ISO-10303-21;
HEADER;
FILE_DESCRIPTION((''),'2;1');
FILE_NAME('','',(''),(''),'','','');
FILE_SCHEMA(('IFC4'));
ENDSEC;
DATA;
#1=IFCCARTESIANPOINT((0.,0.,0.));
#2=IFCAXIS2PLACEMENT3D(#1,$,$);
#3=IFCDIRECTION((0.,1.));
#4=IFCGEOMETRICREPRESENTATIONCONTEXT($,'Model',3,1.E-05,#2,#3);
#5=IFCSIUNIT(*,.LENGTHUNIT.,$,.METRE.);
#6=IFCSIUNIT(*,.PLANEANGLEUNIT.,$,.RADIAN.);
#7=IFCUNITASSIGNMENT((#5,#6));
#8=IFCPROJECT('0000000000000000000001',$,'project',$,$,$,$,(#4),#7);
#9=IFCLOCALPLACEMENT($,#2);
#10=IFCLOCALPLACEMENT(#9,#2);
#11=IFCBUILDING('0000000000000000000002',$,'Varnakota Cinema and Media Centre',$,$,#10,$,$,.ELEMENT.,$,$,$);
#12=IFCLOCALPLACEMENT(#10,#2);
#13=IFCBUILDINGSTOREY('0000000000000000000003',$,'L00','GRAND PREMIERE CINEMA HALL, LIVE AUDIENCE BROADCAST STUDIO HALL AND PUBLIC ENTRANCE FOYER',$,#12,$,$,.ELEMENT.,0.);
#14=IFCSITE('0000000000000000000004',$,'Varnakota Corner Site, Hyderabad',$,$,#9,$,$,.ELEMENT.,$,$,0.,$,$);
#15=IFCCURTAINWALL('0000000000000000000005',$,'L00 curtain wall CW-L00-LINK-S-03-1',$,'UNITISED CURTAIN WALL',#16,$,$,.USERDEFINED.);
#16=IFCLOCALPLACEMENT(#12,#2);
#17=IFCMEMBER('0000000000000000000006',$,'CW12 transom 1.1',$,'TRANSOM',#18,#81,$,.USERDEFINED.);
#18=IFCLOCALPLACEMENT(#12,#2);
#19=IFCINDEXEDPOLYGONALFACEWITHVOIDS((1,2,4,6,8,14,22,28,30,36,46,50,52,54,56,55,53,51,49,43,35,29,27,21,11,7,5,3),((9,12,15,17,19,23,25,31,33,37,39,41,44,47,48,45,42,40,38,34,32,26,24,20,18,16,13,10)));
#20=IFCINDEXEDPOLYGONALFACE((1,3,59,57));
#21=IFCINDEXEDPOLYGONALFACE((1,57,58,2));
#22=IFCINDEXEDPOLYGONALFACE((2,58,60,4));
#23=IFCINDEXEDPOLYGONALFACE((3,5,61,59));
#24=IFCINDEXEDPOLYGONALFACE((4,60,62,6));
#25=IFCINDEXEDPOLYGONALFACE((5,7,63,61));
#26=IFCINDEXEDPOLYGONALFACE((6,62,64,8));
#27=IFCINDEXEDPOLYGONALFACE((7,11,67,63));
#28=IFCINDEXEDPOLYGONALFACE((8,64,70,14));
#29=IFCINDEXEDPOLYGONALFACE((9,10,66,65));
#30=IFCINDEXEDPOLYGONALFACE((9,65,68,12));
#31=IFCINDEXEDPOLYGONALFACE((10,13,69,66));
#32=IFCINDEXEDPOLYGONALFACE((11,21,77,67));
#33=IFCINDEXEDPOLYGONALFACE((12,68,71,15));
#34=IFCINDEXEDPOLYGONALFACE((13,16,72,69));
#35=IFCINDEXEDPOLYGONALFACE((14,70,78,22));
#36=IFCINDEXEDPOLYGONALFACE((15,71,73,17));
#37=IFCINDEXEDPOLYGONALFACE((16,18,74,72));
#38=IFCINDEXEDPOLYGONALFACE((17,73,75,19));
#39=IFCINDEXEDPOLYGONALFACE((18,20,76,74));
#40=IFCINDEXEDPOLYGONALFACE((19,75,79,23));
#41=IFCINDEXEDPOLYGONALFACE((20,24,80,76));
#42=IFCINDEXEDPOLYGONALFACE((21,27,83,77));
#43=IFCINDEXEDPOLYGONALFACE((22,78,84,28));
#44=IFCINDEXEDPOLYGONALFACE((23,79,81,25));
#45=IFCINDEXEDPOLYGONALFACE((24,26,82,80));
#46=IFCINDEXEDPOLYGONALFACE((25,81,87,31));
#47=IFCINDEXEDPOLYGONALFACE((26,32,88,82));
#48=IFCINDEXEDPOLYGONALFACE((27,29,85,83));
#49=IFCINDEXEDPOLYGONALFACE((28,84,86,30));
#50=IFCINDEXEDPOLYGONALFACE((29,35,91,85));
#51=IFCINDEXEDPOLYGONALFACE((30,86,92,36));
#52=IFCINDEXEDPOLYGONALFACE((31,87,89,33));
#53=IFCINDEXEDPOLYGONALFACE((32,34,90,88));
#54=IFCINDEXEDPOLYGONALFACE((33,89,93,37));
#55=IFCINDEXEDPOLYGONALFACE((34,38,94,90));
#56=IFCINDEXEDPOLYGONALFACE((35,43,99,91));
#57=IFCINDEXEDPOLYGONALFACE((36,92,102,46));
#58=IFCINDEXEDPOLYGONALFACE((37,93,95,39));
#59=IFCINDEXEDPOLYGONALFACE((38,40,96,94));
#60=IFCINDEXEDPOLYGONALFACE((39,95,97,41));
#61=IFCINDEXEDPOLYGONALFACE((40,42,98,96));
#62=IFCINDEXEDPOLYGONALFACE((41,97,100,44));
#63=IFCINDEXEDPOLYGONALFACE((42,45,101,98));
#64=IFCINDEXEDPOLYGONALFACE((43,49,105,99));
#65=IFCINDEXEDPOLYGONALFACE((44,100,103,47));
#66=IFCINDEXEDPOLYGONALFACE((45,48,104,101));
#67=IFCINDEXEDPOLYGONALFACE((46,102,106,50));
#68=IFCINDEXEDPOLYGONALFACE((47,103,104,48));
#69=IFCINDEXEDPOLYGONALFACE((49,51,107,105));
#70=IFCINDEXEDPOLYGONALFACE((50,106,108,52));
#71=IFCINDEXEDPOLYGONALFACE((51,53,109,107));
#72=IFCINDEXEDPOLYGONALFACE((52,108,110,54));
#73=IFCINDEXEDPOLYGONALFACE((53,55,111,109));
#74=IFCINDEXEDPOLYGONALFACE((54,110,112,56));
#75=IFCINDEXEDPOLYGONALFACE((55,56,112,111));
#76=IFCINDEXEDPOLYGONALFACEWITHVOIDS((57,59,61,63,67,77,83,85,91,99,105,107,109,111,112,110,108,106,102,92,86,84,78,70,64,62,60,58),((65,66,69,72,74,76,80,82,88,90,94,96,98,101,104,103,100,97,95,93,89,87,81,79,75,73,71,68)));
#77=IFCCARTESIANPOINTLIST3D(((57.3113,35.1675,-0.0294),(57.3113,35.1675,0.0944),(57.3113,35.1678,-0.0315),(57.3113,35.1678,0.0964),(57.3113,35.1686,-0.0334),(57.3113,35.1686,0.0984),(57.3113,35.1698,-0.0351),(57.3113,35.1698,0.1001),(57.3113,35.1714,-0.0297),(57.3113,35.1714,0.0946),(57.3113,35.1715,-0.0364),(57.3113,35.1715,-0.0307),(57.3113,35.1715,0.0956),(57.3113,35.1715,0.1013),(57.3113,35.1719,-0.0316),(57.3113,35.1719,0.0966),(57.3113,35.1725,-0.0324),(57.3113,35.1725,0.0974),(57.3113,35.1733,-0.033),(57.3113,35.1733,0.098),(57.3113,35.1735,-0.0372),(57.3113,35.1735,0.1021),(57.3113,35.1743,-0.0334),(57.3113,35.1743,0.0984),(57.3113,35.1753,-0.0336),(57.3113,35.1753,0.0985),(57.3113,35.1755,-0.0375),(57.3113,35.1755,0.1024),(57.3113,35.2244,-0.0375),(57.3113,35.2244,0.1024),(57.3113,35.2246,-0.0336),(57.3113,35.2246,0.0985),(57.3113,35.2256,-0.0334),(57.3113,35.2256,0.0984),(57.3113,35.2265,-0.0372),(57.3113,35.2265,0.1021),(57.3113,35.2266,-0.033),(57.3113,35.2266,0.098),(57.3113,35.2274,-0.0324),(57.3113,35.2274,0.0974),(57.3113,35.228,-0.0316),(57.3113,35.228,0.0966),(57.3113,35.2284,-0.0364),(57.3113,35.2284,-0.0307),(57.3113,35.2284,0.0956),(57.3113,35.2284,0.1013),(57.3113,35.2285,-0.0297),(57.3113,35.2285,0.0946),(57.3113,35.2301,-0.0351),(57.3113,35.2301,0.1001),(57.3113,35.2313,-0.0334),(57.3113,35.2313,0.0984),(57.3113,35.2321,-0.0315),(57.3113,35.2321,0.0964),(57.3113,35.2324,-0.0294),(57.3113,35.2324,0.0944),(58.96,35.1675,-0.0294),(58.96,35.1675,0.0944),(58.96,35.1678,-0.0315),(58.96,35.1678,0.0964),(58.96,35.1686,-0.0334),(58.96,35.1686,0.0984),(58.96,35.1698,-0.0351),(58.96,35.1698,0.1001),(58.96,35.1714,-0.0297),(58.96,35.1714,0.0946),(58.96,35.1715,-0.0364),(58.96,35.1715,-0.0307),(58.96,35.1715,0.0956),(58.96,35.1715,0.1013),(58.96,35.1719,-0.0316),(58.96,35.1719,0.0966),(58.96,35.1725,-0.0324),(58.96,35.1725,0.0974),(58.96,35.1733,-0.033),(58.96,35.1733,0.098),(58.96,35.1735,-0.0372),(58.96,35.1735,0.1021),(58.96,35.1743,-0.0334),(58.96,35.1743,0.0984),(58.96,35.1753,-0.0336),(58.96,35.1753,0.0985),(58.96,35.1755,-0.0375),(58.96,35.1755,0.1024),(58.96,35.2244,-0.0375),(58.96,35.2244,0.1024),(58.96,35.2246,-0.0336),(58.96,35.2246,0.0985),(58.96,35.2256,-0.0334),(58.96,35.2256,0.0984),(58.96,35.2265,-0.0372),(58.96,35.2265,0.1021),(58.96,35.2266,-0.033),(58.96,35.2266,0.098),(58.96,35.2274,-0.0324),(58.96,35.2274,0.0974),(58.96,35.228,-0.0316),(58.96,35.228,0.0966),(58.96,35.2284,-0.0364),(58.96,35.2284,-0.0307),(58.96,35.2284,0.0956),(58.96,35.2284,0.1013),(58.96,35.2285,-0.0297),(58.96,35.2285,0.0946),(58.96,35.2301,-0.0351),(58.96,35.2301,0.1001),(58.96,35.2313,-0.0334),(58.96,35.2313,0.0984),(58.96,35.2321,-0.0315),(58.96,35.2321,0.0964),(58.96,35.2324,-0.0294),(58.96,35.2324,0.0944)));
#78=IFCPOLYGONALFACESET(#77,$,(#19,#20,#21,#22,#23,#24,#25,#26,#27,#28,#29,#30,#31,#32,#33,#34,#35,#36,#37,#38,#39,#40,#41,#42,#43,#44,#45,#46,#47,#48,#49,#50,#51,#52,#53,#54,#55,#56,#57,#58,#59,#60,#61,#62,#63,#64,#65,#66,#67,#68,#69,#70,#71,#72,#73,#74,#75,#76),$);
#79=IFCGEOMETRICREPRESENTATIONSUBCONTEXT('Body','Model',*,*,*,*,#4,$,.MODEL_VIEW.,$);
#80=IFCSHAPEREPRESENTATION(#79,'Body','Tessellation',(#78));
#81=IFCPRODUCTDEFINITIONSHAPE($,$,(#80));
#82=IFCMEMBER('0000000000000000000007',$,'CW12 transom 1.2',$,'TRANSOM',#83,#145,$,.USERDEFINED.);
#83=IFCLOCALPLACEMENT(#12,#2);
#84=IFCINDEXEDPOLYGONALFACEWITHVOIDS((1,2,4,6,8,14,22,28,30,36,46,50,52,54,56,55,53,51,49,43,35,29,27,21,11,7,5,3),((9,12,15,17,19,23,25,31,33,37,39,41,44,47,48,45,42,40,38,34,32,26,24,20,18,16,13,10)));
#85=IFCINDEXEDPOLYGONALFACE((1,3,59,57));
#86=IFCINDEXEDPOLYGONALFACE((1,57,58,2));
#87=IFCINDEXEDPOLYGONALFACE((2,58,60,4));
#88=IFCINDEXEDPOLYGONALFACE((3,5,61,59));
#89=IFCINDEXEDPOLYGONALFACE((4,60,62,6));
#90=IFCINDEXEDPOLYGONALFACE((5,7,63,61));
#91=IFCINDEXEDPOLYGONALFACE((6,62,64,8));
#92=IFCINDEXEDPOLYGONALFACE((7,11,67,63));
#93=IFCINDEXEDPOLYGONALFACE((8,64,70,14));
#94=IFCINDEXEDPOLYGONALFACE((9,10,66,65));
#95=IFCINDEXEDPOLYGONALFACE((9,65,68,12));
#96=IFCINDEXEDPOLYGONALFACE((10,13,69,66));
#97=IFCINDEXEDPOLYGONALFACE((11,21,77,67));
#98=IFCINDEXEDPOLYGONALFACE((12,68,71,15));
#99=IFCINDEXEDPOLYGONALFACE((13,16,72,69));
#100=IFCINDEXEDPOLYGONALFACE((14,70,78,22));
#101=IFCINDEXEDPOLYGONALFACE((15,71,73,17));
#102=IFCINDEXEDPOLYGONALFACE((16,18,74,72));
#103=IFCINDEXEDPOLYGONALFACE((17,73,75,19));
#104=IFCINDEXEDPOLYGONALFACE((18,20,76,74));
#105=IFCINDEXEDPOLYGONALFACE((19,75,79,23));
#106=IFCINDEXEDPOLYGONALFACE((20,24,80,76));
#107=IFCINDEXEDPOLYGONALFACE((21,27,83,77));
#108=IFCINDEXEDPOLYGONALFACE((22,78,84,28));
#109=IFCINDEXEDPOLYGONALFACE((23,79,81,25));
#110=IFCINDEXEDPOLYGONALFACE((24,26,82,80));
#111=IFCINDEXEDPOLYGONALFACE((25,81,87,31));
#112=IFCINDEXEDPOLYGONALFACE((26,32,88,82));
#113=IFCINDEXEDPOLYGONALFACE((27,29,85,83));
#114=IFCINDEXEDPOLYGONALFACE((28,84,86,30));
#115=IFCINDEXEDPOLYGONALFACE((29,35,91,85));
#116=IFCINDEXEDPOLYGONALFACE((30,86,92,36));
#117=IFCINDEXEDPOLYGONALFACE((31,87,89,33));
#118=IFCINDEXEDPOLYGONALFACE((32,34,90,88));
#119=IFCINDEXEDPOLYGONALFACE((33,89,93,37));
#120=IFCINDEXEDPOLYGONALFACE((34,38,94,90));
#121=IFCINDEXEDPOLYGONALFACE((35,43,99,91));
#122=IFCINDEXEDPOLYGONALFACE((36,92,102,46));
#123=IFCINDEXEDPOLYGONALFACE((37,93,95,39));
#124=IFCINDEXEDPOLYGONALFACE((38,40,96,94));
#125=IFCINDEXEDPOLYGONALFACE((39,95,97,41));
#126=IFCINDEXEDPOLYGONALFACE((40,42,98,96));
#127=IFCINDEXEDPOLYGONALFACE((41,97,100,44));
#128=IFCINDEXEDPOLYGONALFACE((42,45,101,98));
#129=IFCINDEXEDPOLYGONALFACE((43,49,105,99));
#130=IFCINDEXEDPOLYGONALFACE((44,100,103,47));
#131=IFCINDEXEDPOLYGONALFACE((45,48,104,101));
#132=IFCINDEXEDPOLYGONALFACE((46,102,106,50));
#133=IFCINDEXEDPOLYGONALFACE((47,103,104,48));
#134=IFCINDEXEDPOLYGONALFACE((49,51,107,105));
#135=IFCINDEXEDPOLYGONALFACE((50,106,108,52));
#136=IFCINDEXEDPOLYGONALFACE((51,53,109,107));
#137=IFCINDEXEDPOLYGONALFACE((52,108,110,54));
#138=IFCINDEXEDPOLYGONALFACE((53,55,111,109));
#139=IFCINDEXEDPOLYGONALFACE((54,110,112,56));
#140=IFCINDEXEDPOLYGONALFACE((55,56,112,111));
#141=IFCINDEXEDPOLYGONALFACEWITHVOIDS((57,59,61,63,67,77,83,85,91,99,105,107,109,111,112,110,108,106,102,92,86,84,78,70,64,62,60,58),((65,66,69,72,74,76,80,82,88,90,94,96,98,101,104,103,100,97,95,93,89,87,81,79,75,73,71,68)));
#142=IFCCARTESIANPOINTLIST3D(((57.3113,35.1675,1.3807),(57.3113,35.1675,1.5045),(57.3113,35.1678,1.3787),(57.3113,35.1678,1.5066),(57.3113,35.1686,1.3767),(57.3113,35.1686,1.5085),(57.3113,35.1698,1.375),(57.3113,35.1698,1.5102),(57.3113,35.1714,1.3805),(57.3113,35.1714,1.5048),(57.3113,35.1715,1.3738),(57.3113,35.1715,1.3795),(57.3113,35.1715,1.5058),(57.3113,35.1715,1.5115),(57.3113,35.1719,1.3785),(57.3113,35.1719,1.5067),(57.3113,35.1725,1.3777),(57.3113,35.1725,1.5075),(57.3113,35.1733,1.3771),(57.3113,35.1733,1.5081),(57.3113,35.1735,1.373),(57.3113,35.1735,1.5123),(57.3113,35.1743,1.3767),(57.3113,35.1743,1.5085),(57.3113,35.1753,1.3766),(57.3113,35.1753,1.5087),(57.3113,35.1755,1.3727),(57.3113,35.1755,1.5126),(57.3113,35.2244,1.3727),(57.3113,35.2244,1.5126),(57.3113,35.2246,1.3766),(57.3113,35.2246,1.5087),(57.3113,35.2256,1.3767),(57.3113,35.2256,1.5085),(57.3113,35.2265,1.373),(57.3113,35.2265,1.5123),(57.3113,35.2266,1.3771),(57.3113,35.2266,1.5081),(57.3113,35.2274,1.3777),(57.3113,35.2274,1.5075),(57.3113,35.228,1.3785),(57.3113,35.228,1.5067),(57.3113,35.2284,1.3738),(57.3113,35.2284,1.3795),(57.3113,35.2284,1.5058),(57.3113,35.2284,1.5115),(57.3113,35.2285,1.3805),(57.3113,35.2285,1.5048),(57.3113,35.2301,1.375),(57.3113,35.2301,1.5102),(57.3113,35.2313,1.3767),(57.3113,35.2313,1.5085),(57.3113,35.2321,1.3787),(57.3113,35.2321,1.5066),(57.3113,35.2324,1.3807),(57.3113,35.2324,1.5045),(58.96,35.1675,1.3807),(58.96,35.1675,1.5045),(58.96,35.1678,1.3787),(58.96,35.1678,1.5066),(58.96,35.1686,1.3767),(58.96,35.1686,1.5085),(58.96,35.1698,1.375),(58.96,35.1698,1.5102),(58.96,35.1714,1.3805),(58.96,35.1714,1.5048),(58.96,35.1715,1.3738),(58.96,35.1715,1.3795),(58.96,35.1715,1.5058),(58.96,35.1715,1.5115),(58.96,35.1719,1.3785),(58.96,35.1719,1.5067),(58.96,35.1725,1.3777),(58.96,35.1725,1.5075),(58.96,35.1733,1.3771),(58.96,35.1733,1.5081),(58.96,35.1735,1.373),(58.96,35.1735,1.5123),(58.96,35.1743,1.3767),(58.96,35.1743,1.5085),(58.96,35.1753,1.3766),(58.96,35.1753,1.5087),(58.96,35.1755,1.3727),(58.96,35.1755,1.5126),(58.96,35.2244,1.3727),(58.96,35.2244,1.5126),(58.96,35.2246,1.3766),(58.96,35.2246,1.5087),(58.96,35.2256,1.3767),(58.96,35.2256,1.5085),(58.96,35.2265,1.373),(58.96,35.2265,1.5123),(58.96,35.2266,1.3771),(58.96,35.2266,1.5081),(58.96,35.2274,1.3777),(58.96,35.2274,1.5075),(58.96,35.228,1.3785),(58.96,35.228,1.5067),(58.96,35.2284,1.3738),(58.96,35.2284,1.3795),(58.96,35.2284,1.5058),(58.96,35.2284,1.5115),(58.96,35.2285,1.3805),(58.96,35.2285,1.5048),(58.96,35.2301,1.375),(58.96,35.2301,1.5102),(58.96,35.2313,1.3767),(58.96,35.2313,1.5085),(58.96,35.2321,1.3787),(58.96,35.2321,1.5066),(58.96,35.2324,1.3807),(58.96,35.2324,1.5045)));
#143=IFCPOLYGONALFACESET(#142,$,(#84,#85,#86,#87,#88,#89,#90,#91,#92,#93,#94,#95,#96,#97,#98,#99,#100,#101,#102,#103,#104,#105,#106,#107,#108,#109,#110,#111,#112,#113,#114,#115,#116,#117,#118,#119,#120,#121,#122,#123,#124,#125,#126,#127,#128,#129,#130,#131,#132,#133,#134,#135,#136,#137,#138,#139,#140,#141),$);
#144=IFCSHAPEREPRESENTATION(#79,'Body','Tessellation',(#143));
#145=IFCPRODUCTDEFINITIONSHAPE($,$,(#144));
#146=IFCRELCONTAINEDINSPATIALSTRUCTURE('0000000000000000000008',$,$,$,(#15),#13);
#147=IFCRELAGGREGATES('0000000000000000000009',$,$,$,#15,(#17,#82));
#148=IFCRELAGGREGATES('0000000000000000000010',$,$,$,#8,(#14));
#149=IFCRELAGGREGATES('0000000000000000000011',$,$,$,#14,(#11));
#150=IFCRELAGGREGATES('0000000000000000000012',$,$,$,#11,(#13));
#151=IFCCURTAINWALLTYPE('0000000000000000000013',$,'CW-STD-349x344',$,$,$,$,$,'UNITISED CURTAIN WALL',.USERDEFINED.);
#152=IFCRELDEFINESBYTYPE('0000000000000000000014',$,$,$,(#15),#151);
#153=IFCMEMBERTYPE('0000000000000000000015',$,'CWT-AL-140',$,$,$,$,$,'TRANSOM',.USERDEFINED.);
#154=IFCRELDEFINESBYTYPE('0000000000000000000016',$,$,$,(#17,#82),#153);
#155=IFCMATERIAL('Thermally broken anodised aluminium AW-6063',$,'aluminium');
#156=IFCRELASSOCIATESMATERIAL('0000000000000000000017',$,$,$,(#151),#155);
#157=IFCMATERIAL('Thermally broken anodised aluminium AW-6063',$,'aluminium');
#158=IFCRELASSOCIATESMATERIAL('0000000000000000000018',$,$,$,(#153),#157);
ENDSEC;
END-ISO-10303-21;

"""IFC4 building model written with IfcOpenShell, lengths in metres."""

from ifc_helpers import new_model, si_unit, direction, frame, origin, origin_2d, place, context, subcontext, project, spatial, hollow_rectangle, extrude, material, material_profile, profile_set, type_object, element, aggregate, save


model = new_model("IFC4")

# Units and contexts
model_context = context("Model", 3, precision=1e-05, world=origin(), true_north=direction((0.0, 1.0)))
body_context = subcontext(model_context, "Body", "Model", "MODEL_VIEW")
ifc_project = project(units=[si_unit("LENGTHUNIT", "METRE"), si_unit("PLANEANGLEUNIT", "RADIAN")], contexts=[model_context])

# Site, building, storey
site_placement = place(None, origin())
site = spatial("IfcSite", under=ifc_project, at=site_placement, Name="Varnakota Corner Site, Hyderabad", CompositionType="ELEMENT", RefElevation=0.0)
building_placement = place(site_placement, origin())
building = spatial("IfcBuilding", under=site, at=building_placement, Name="Varnakota Cinema and Media Centre", CompositionType="ELEMENT")
storey_placement = place(building_placement, origin())
storey = spatial("IfcBuildingStorey", under=building, at=storey_placement, Name="L00", Description="GRAND PREMIERE CINEMA HALL, LIVE AUDIENCE BROADCAST STUDIO HALL AND PUBLIC ENTRANCE FOYER", CompositionType="ELEMENT", Elevation=0.0)

# Curtain wall
ifc_material_1 = material(Name="Thermally broken anodised aluminium AW-6063", Category="aluminium")
curtain_wall_type_1 = type_object("IfcCurtainWallType", Name="CW-STD-349x344", ElementType="UNITISED CURTAIN WALL", PredefinedType="USERDEFINED", material=ifc_material_1)
curtain_wall_1_placement = place(storey_placement, origin())
curtain_wall_1 = element("IfcCurtainWall", 1, at=curtain_wall_1_placement, inside=storey, type_object=curtain_wall_type_1, Name="L00 curtain wall CW-L00-LINK-S-03-1", ObjectType="UNITISED CURTAIN WALL", PredefinedType="USERDEFINED")

# Members
ifc_material_2 = material(Name="Thermally broken anodised aluminium AW-6063", Category="aluminium")
ifc_material_profile_1 = material_profile(ifc_material_2, hollow_rectangle(XDim=0.0649, YDim=0.1399, WallThickness=0.0039, InnerFilletRadius=0.0039, OuterFilletRadius=0.0081, at=origin_2d()), Name="AL-TRANSOM 140x65x4")
ifc_profile_set_1 = profile_set([ifc_material_profile_1], Name="Thermally broken anodised aluminium AW-6063")
member_type_1 = type_object("IfcMemberType", Name="CWT-AL-140", ElementType="TRANSOM", PredefinedType="USERDEFINED", material=ifc_profile_set_1)
member_1_placement = place(storey_placement, frame((58.96, 35.2, 0.0325), z_axis=(-1.0, 0.0, 0.0), x_axis=(0.0, -1.0, 0.0)))
member_1 = element("IfcMember", 2, at=member_1_placement, type_object=member_type_1, Name="CW12 transom 1.1", ObjectType="TRANSOM", PredefinedType="USERDEFINED", context=body_context, shape_type="SweptSolid", body=[
    extrude(hollow_rectangle(XDim=0.0649, YDim=0.1399, WallThickness=0.0039, InnerFilletRadius=0.0039, OuterFilletRadius=0.0081, at=origin_2d()), origin(), (0.0, 0.0, 1.0), 1.6487),
])
member_2_placement = place(storey_placement, frame((58.96, 35.2, 1.4426), z_axis=(-1.0, 0.0, 0.0), x_axis=(0.0, -1.0, 0.0)))
member_2 = element("IfcMember", 3, at=member_2_placement, type_object=member_type_1, Name="CW12 transom 1.2", ObjectType="TRANSOM", PredefinedType="USERDEFINED", context=body_context, shape_type="SweptSolid", body=[
    extrude(hollow_rectangle(XDim=0.0649, YDim=0.1399, WallThickness=0.0039, InnerFilletRadius=0.0039, OuterFilletRadius=0.0081, at=origin_2d()), origin(), (0.0, 0.0, 1.0), 1.6487),
])
aggregate(curtain_wall_1, [member_1, member_2])

save(model, "model.ifc")
